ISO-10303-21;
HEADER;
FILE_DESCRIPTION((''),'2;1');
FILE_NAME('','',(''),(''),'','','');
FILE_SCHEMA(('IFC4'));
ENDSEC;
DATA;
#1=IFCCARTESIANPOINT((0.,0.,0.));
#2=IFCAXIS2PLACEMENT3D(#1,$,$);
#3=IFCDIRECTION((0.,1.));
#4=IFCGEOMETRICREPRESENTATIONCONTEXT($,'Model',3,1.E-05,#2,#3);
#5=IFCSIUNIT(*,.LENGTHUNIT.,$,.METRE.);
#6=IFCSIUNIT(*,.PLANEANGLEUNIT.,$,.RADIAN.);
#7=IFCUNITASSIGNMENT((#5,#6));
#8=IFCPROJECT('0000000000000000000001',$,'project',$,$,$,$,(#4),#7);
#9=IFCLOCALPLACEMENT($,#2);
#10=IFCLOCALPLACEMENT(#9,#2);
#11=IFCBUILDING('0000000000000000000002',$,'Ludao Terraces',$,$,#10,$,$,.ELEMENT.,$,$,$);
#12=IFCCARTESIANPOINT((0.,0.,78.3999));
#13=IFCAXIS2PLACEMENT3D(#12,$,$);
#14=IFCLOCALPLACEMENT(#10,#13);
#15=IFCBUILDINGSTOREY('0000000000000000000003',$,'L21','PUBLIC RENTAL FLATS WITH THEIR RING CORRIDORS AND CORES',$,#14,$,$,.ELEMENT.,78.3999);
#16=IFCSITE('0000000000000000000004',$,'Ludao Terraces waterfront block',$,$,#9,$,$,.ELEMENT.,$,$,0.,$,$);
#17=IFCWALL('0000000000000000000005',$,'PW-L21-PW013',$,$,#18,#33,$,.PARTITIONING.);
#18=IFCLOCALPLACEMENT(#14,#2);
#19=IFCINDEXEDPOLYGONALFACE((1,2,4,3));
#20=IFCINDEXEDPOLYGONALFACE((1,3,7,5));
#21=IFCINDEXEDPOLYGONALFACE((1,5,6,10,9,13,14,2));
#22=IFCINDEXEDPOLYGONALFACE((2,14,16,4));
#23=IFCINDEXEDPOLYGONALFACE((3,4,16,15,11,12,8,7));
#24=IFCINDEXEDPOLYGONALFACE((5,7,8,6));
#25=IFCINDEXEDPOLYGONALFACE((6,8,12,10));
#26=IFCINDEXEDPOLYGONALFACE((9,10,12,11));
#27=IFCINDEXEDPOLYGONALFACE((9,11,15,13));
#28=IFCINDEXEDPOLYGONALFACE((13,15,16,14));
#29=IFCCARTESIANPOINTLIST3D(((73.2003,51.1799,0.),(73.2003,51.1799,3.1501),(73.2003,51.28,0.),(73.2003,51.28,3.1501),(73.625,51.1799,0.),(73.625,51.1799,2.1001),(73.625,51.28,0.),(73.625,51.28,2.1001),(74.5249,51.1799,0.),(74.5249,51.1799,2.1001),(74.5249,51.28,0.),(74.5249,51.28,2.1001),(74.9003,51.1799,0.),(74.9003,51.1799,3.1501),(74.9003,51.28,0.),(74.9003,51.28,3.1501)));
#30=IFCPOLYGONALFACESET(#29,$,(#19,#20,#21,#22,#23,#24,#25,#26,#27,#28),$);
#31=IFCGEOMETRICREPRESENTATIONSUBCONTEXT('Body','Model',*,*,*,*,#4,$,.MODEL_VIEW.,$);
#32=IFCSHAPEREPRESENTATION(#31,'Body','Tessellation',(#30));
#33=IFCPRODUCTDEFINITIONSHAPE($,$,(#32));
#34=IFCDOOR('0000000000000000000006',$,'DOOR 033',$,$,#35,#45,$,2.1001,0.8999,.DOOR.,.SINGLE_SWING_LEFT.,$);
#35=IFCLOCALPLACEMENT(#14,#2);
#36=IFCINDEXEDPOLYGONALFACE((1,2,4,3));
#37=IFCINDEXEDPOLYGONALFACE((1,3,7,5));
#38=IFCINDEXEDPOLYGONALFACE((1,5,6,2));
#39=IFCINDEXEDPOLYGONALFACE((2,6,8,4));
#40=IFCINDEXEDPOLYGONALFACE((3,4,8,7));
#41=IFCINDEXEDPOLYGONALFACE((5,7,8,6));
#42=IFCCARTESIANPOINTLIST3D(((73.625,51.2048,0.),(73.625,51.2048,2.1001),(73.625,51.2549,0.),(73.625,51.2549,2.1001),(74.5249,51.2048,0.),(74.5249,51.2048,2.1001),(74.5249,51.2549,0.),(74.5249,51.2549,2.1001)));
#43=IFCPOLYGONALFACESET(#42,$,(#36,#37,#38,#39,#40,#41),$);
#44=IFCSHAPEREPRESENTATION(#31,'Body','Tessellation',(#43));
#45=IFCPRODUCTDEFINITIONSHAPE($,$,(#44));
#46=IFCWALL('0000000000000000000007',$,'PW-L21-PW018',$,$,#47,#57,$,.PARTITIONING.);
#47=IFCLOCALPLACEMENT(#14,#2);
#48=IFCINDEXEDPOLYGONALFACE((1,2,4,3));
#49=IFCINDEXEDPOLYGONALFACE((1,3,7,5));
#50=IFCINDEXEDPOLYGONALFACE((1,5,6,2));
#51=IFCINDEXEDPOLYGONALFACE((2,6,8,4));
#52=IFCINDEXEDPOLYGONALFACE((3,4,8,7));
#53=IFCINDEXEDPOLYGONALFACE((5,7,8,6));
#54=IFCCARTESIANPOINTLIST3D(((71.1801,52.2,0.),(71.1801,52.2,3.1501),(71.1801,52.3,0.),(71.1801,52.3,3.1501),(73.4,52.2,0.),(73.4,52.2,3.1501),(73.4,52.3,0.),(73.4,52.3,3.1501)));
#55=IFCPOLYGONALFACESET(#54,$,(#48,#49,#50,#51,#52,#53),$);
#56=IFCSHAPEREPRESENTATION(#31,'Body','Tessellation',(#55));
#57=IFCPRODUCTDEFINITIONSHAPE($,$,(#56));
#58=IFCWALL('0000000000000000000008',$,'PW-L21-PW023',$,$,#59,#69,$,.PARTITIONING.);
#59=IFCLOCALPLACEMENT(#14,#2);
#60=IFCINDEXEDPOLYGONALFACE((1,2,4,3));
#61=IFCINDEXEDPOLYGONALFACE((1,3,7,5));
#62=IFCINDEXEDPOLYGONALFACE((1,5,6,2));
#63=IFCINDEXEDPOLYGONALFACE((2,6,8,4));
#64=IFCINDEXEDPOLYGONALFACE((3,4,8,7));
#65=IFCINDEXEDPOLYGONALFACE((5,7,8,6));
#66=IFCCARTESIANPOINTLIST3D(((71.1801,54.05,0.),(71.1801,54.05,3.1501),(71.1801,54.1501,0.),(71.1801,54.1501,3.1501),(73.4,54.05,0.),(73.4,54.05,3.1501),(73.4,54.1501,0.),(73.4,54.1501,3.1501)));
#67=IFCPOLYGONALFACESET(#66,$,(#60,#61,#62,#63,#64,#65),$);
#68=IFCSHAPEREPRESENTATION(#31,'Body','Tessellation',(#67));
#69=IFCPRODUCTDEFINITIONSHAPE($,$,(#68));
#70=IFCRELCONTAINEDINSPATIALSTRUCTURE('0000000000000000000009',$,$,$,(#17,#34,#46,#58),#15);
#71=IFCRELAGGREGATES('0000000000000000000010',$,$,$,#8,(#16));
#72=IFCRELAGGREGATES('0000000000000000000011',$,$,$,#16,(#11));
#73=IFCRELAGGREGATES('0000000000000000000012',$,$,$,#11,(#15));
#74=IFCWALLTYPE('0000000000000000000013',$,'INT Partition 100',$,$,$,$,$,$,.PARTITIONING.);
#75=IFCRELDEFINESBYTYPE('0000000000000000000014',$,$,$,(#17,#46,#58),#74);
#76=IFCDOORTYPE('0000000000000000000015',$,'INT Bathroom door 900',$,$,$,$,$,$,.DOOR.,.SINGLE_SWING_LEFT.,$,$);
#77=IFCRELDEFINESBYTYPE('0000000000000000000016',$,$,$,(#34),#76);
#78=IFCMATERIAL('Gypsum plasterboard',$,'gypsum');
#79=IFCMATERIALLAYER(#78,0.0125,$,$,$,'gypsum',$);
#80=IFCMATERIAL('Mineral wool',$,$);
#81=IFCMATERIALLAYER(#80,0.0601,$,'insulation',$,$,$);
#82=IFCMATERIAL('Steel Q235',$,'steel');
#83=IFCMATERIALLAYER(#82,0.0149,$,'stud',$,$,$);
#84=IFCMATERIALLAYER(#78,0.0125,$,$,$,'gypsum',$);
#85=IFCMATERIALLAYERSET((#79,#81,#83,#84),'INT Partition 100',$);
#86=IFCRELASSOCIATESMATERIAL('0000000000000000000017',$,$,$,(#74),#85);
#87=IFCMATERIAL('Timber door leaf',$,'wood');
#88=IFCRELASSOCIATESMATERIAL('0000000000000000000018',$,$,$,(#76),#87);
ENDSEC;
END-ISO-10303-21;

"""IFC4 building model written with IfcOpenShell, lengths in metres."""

from ifc_helpers import new_model, si_unit, direction, frame, frame_2d, origin, place, context, subcontext, project, spatial, rectangle, extrude, material, layer, layer_set, type_object, element, fill, save


model = new_model("IFC4")

# Units and contexts
model_context = context("Model", 3, precision=1e-05, world=origin(), true_north=direction((0.0, 1.0)))
body_context = subcontext(model_context, "Body", "Model", "MODEL_VIEW")
ifc_project = project(units=[si_unit("LENGTHUNIT", "METRE"), si_unit("PLANEANGLEUNIT", "RADIAN")], contexts=[model_context])

# Site, building, storey
site_placement = place(None, origin())
site = spatial("IfcSite", under=ifc_project, at=site_placement, Name="Ludao Terraces waterfront block", CompositionType="ELEMENT", RefElevation=0.0)
building_placement = place(site_placement, origin())
building = spatial("IfcBuilding", under=site, at=building_placement, Name="Ludao Terraces", CompositionType="ELEMENT")
storey_placement = place(building_placement, frame((0.0, 0.0, 78.3999)))
storey = spatial("IfcBuildingStorey", under=building, at=storey_placement, Name="L21", Description="PUBLIC RENTAL FLATS WITH THEIR RING CORRIDORS AND CORES", CompositionType="ELEMENT", Elevation=78.3999)

# Shared definitions
ifc_material_1 = material(Name="Steel Q235", Category="steel")

# Shared definitions
ifc_material_2 = material(Name="Gypsum plasterboard", Category="gypsum")
ifc_layer_1 = layer(ifc_material_2, 0.0125, Category="gypsum")
ifc_material_3 = material(Name="Mineral wool")
ifc_layer_2 = layer(ifc_material_3, 0.0601, Name="insulation")
ifc_layer_3 = layer(ifc_material_1, 0.0149, Name="stud")
ifc_layer_4 = layer(ifc_material_2, 0.0125, Category="gypsum")
ifc_layer_set_1 = layer_set([ifc_layer_1, ifc_layer_2, ifc_layer_3, ifc_layer_4], Name="INT Partition 100")
wall_type_1 = type_object("IfcWallType", Name="INT Partition 100", PredefinedType="PARTITIONING", material=ifc_layer_set_1)

# Wall, opening, door
wall_1_placement = place(storey_placement, frame((73.2002, 51.23, 0.0), z_axis=(0.0, 0.0, 1.0), x_axis=(1.0, 0.0, 0.0)))
wall_1 = element("IfcWall", 1, at=wall_1_placement, inside=storey, type_object=wall_type_1, Name="PW-L21-PW013", PredefinedType="PARTITIONING", context=body_context, shape_type="SweptSolid", body=[
    extrude(rectangle(XDim=1.7, YDim=0.1001, at=frame_2d((0.8501, 0.0))), origin(), (0.0, 0.0, 1.0), 3.1501),
])
opening_1_placement = place(wall_1_placement, frame((0.4248, 0.0, 0.0)))
opening_1 = element("IfcOpeningElement", 2, at=opening_1_placement, cuts=wall_1, PredefinedType="OPENING", context=body_context, shape_type="SweptSolid", body=[
    extrude(rectangle(XDim=0.8999, YDim=2.1001, at=frame_2d((0.45, 1.05))), frame((0.0, 0.0601, 0.0), z_axis=(0.0, -1.0, 0.0), x_axis=(1.0, 0.0, 0.0)), (0.0, 0.0, 1.0), 0.1201),
])
ifc_material_4 = material(Name="Timber door leaf", Category="wood")
door_type_1 = type_object("IfcDoorType", Name="INT Bathroom door 900", OperationType="SINGLE_SWING_LEFT", PredefinedType="DOOR", material=ifc_material_4)
door_1_placement = place(opening_1_placement, origin())
door_1 = element("IfcDoor", 3, at=door_1_placement, inside=storey, type_object=door_type_1, Name="DOOR 033", OperationType="SINGLE_SWING_LEFT", OverallHeight=2.1001, OverallWidth=0.8999, PredefinedType="DOOR", context=body_context, shape_type="SweptSolid", body=[
    extrude(rectangle(XDim=0.8999, YDim=2.1001, at=frame_2d((0.45, 1.05))), frame((0.0, 0.0249, 0.0), z_axis=(0.0, -1.0, 0.0), x_axis=(1.0, 0.0, 0.0)), (0.0, 0.0, 1.0), 0.05),
])
fill(opening_1, door_1)

# Walls
for number, where, z_axis, x_axis, name in (
    (4, (71.1802, 52.25, 0.0), (0.0, 0.0, 1.0), (1.0, 0.0, 0.0), "PW-L21-PW018"),
    (5, (71.1802, 54.1001, 0.0), (0.0, 0.0, 1.0), (1.0, 0.0, 0.0), "PW-L21-PW023"),
):
    element("IfcWall", number, at=place(storey_placement, frame(where, z_axis=z_axis, x_axis=x_axis)), inside=storey, type_object=wall_type_1, Name=name, PredefinedType="PARTITIONING", context=body_context, shape_type="SweptSolid", body=[
        extrude(rectangle(XDim=2.22, YDim=0.1001, at=frame_2d((1.1099, 0.0))), origin(), (0.0, 0.0, 1.0), 3.1501),
    ])

save(model, "model.ifc")
